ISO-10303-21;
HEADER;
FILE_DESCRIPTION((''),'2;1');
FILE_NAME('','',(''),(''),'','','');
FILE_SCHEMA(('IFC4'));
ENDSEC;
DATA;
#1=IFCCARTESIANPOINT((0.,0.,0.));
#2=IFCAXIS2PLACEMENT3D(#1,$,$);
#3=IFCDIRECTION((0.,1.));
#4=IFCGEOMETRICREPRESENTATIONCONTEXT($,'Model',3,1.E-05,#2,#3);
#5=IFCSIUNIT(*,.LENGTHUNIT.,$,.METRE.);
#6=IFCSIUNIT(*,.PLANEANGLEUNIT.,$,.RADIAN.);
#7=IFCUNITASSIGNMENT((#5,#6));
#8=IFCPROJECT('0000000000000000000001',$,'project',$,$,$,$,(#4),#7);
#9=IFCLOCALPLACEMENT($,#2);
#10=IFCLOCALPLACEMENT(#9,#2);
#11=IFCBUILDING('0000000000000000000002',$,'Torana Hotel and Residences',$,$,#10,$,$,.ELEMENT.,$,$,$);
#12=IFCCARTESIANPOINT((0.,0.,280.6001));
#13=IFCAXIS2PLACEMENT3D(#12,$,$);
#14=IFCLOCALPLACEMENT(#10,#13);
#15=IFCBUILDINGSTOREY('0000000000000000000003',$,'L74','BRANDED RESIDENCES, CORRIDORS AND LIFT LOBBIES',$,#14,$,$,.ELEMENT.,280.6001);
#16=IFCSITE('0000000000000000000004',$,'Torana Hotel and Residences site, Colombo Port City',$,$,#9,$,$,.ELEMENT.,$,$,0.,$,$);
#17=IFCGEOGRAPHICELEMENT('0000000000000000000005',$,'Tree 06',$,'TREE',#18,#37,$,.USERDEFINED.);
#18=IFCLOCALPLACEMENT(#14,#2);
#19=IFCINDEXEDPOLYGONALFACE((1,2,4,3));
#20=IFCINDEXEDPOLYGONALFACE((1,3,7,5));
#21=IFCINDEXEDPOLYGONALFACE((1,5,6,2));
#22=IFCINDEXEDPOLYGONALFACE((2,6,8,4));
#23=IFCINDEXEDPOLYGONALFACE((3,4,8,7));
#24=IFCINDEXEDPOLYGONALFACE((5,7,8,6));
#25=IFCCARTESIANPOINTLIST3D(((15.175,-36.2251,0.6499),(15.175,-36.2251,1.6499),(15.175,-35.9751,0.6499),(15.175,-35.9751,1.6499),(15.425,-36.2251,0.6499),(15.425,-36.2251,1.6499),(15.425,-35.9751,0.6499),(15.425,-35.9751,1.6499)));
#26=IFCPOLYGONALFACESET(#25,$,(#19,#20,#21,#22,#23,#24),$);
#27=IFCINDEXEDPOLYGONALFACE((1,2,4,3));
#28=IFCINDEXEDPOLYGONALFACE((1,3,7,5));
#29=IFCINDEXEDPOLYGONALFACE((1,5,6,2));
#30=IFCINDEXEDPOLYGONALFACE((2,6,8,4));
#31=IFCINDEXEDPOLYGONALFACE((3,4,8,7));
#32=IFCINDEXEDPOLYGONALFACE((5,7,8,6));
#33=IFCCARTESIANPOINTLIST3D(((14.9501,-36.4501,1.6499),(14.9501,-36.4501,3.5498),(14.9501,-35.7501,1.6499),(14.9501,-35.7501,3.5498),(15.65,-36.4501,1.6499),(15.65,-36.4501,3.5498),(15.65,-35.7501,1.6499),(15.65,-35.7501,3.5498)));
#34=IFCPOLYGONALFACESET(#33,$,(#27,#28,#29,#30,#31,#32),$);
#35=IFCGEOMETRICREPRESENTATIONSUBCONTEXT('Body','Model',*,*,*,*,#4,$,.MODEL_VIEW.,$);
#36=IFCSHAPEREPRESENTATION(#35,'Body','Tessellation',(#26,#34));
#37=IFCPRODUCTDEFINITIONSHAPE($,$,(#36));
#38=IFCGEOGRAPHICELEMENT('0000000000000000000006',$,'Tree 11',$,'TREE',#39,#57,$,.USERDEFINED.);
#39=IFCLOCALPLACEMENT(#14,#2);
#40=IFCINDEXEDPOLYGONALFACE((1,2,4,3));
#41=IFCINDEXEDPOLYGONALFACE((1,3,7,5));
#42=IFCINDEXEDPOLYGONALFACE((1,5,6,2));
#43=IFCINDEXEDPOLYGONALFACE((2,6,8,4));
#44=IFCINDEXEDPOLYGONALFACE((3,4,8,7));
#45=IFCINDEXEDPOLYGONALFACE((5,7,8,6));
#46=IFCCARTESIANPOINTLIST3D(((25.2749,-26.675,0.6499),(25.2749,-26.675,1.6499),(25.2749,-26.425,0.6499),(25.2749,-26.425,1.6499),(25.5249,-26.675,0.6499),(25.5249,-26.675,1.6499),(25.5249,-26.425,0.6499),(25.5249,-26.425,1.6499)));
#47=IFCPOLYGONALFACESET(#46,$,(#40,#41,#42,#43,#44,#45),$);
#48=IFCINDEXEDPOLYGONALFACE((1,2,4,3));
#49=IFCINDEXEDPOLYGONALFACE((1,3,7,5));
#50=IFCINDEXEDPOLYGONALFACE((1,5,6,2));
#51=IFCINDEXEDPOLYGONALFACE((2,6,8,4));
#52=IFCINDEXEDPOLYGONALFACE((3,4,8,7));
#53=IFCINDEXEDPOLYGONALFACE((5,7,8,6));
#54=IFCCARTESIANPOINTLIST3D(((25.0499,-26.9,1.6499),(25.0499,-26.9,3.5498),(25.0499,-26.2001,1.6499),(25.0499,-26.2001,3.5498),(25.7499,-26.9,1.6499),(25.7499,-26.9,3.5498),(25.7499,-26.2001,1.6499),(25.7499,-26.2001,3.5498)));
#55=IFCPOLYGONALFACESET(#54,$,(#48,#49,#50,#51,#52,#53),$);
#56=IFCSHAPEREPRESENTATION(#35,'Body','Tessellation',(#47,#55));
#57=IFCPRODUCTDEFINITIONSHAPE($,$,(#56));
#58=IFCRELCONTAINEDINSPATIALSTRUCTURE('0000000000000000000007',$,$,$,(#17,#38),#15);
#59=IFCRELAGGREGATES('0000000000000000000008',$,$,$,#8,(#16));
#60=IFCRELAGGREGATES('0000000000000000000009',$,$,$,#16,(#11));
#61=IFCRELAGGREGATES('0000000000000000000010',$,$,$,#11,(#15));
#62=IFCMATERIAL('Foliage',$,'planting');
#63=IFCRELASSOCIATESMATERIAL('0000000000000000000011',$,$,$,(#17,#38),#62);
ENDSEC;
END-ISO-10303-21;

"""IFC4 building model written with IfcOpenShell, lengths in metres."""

from ifc_helpers import new_model, si_unit, direction, frame, origin, origin_2d, place, context, subcontext, project, spatial, rectangle, extrude, material, element, save


model = new_model("IFC4")

# Units and contexts
model_context = context("Model", 3, precision=1e-05, world=origin(), true_north=direction((0.0, 1.0)))
body_context = subcontext(model_context, "Body", "Model", "MODEL_VIEW")
ifc_project = project(units=[si_unit("LENGTHUNIT", "METRE"), si_unit("PLANEANGLEUNIT", "RADIAN")], contexts=[model_context])

# Site, building, storey
site_placement = place(None, origin())
site = spatial("IfcSite", under=ifc_project, at=site_placement, Name="Torana Hotel and Residences site, Colombo Port City", CompositionType="ELEMENT", RefElevation=0.0)
building_placement = place(site_placement, origin())
building = spatial("IfcBuilding", under=site, at=building_placement, Name="Torana Hotel and Residences", CompositionType="ELEMENT")
storey_placement = place(building_placement, frame((0.0, 0.0, 280.6001)))
storey = spatial("IfcBuildingStorey", under=building, at=storey_placement, Name="L74", Description="BRANDED RESIDENCES, CORRIDORS AND LIFT LOBBIES", CompositionType="ELEMENT", Elevation=280.6001)

# Geographic elements
ifc_material_1 = material(Name="Foliage", Category="planting")
for number, where, z_axis, x_axis, name in (
    (1, (15.3, -36.1001, 0.6499), (0.0, 0.0, 1.0), (1.0, 0.0, 0.0), "Tree 06"),
    (2, (25.3999, -26.55, 0.6499), (0.0, 0.0, 1.0), (1.0, 0.0, 0.0), "Tree 11"),
):
    element("IfcGeographicElement", number, at=place(storey_placement, frame(where, z_axis=z_axis, x_axis=x_axis)), inside=storey, material=ifc_material_1, Name=name, ObjectType="TREE", PredefinedType="USERDEFINED", context=body_context, shape_type="SweptSolid", body=[
        extrude(rectangle(XDim=0.25, YDim=0.25, at=origin_2d()), origin(), (0.0, 0.0, 1.0), 1.0),
        extrude(rectangle(XDim=0.7, YDim=0.7, at=origin_2d()), frame((0.0, 0.0, 1.0)), (0.0, 0.0, 1.0), 1.8999),
    ])

save(model, "model.ifc")
